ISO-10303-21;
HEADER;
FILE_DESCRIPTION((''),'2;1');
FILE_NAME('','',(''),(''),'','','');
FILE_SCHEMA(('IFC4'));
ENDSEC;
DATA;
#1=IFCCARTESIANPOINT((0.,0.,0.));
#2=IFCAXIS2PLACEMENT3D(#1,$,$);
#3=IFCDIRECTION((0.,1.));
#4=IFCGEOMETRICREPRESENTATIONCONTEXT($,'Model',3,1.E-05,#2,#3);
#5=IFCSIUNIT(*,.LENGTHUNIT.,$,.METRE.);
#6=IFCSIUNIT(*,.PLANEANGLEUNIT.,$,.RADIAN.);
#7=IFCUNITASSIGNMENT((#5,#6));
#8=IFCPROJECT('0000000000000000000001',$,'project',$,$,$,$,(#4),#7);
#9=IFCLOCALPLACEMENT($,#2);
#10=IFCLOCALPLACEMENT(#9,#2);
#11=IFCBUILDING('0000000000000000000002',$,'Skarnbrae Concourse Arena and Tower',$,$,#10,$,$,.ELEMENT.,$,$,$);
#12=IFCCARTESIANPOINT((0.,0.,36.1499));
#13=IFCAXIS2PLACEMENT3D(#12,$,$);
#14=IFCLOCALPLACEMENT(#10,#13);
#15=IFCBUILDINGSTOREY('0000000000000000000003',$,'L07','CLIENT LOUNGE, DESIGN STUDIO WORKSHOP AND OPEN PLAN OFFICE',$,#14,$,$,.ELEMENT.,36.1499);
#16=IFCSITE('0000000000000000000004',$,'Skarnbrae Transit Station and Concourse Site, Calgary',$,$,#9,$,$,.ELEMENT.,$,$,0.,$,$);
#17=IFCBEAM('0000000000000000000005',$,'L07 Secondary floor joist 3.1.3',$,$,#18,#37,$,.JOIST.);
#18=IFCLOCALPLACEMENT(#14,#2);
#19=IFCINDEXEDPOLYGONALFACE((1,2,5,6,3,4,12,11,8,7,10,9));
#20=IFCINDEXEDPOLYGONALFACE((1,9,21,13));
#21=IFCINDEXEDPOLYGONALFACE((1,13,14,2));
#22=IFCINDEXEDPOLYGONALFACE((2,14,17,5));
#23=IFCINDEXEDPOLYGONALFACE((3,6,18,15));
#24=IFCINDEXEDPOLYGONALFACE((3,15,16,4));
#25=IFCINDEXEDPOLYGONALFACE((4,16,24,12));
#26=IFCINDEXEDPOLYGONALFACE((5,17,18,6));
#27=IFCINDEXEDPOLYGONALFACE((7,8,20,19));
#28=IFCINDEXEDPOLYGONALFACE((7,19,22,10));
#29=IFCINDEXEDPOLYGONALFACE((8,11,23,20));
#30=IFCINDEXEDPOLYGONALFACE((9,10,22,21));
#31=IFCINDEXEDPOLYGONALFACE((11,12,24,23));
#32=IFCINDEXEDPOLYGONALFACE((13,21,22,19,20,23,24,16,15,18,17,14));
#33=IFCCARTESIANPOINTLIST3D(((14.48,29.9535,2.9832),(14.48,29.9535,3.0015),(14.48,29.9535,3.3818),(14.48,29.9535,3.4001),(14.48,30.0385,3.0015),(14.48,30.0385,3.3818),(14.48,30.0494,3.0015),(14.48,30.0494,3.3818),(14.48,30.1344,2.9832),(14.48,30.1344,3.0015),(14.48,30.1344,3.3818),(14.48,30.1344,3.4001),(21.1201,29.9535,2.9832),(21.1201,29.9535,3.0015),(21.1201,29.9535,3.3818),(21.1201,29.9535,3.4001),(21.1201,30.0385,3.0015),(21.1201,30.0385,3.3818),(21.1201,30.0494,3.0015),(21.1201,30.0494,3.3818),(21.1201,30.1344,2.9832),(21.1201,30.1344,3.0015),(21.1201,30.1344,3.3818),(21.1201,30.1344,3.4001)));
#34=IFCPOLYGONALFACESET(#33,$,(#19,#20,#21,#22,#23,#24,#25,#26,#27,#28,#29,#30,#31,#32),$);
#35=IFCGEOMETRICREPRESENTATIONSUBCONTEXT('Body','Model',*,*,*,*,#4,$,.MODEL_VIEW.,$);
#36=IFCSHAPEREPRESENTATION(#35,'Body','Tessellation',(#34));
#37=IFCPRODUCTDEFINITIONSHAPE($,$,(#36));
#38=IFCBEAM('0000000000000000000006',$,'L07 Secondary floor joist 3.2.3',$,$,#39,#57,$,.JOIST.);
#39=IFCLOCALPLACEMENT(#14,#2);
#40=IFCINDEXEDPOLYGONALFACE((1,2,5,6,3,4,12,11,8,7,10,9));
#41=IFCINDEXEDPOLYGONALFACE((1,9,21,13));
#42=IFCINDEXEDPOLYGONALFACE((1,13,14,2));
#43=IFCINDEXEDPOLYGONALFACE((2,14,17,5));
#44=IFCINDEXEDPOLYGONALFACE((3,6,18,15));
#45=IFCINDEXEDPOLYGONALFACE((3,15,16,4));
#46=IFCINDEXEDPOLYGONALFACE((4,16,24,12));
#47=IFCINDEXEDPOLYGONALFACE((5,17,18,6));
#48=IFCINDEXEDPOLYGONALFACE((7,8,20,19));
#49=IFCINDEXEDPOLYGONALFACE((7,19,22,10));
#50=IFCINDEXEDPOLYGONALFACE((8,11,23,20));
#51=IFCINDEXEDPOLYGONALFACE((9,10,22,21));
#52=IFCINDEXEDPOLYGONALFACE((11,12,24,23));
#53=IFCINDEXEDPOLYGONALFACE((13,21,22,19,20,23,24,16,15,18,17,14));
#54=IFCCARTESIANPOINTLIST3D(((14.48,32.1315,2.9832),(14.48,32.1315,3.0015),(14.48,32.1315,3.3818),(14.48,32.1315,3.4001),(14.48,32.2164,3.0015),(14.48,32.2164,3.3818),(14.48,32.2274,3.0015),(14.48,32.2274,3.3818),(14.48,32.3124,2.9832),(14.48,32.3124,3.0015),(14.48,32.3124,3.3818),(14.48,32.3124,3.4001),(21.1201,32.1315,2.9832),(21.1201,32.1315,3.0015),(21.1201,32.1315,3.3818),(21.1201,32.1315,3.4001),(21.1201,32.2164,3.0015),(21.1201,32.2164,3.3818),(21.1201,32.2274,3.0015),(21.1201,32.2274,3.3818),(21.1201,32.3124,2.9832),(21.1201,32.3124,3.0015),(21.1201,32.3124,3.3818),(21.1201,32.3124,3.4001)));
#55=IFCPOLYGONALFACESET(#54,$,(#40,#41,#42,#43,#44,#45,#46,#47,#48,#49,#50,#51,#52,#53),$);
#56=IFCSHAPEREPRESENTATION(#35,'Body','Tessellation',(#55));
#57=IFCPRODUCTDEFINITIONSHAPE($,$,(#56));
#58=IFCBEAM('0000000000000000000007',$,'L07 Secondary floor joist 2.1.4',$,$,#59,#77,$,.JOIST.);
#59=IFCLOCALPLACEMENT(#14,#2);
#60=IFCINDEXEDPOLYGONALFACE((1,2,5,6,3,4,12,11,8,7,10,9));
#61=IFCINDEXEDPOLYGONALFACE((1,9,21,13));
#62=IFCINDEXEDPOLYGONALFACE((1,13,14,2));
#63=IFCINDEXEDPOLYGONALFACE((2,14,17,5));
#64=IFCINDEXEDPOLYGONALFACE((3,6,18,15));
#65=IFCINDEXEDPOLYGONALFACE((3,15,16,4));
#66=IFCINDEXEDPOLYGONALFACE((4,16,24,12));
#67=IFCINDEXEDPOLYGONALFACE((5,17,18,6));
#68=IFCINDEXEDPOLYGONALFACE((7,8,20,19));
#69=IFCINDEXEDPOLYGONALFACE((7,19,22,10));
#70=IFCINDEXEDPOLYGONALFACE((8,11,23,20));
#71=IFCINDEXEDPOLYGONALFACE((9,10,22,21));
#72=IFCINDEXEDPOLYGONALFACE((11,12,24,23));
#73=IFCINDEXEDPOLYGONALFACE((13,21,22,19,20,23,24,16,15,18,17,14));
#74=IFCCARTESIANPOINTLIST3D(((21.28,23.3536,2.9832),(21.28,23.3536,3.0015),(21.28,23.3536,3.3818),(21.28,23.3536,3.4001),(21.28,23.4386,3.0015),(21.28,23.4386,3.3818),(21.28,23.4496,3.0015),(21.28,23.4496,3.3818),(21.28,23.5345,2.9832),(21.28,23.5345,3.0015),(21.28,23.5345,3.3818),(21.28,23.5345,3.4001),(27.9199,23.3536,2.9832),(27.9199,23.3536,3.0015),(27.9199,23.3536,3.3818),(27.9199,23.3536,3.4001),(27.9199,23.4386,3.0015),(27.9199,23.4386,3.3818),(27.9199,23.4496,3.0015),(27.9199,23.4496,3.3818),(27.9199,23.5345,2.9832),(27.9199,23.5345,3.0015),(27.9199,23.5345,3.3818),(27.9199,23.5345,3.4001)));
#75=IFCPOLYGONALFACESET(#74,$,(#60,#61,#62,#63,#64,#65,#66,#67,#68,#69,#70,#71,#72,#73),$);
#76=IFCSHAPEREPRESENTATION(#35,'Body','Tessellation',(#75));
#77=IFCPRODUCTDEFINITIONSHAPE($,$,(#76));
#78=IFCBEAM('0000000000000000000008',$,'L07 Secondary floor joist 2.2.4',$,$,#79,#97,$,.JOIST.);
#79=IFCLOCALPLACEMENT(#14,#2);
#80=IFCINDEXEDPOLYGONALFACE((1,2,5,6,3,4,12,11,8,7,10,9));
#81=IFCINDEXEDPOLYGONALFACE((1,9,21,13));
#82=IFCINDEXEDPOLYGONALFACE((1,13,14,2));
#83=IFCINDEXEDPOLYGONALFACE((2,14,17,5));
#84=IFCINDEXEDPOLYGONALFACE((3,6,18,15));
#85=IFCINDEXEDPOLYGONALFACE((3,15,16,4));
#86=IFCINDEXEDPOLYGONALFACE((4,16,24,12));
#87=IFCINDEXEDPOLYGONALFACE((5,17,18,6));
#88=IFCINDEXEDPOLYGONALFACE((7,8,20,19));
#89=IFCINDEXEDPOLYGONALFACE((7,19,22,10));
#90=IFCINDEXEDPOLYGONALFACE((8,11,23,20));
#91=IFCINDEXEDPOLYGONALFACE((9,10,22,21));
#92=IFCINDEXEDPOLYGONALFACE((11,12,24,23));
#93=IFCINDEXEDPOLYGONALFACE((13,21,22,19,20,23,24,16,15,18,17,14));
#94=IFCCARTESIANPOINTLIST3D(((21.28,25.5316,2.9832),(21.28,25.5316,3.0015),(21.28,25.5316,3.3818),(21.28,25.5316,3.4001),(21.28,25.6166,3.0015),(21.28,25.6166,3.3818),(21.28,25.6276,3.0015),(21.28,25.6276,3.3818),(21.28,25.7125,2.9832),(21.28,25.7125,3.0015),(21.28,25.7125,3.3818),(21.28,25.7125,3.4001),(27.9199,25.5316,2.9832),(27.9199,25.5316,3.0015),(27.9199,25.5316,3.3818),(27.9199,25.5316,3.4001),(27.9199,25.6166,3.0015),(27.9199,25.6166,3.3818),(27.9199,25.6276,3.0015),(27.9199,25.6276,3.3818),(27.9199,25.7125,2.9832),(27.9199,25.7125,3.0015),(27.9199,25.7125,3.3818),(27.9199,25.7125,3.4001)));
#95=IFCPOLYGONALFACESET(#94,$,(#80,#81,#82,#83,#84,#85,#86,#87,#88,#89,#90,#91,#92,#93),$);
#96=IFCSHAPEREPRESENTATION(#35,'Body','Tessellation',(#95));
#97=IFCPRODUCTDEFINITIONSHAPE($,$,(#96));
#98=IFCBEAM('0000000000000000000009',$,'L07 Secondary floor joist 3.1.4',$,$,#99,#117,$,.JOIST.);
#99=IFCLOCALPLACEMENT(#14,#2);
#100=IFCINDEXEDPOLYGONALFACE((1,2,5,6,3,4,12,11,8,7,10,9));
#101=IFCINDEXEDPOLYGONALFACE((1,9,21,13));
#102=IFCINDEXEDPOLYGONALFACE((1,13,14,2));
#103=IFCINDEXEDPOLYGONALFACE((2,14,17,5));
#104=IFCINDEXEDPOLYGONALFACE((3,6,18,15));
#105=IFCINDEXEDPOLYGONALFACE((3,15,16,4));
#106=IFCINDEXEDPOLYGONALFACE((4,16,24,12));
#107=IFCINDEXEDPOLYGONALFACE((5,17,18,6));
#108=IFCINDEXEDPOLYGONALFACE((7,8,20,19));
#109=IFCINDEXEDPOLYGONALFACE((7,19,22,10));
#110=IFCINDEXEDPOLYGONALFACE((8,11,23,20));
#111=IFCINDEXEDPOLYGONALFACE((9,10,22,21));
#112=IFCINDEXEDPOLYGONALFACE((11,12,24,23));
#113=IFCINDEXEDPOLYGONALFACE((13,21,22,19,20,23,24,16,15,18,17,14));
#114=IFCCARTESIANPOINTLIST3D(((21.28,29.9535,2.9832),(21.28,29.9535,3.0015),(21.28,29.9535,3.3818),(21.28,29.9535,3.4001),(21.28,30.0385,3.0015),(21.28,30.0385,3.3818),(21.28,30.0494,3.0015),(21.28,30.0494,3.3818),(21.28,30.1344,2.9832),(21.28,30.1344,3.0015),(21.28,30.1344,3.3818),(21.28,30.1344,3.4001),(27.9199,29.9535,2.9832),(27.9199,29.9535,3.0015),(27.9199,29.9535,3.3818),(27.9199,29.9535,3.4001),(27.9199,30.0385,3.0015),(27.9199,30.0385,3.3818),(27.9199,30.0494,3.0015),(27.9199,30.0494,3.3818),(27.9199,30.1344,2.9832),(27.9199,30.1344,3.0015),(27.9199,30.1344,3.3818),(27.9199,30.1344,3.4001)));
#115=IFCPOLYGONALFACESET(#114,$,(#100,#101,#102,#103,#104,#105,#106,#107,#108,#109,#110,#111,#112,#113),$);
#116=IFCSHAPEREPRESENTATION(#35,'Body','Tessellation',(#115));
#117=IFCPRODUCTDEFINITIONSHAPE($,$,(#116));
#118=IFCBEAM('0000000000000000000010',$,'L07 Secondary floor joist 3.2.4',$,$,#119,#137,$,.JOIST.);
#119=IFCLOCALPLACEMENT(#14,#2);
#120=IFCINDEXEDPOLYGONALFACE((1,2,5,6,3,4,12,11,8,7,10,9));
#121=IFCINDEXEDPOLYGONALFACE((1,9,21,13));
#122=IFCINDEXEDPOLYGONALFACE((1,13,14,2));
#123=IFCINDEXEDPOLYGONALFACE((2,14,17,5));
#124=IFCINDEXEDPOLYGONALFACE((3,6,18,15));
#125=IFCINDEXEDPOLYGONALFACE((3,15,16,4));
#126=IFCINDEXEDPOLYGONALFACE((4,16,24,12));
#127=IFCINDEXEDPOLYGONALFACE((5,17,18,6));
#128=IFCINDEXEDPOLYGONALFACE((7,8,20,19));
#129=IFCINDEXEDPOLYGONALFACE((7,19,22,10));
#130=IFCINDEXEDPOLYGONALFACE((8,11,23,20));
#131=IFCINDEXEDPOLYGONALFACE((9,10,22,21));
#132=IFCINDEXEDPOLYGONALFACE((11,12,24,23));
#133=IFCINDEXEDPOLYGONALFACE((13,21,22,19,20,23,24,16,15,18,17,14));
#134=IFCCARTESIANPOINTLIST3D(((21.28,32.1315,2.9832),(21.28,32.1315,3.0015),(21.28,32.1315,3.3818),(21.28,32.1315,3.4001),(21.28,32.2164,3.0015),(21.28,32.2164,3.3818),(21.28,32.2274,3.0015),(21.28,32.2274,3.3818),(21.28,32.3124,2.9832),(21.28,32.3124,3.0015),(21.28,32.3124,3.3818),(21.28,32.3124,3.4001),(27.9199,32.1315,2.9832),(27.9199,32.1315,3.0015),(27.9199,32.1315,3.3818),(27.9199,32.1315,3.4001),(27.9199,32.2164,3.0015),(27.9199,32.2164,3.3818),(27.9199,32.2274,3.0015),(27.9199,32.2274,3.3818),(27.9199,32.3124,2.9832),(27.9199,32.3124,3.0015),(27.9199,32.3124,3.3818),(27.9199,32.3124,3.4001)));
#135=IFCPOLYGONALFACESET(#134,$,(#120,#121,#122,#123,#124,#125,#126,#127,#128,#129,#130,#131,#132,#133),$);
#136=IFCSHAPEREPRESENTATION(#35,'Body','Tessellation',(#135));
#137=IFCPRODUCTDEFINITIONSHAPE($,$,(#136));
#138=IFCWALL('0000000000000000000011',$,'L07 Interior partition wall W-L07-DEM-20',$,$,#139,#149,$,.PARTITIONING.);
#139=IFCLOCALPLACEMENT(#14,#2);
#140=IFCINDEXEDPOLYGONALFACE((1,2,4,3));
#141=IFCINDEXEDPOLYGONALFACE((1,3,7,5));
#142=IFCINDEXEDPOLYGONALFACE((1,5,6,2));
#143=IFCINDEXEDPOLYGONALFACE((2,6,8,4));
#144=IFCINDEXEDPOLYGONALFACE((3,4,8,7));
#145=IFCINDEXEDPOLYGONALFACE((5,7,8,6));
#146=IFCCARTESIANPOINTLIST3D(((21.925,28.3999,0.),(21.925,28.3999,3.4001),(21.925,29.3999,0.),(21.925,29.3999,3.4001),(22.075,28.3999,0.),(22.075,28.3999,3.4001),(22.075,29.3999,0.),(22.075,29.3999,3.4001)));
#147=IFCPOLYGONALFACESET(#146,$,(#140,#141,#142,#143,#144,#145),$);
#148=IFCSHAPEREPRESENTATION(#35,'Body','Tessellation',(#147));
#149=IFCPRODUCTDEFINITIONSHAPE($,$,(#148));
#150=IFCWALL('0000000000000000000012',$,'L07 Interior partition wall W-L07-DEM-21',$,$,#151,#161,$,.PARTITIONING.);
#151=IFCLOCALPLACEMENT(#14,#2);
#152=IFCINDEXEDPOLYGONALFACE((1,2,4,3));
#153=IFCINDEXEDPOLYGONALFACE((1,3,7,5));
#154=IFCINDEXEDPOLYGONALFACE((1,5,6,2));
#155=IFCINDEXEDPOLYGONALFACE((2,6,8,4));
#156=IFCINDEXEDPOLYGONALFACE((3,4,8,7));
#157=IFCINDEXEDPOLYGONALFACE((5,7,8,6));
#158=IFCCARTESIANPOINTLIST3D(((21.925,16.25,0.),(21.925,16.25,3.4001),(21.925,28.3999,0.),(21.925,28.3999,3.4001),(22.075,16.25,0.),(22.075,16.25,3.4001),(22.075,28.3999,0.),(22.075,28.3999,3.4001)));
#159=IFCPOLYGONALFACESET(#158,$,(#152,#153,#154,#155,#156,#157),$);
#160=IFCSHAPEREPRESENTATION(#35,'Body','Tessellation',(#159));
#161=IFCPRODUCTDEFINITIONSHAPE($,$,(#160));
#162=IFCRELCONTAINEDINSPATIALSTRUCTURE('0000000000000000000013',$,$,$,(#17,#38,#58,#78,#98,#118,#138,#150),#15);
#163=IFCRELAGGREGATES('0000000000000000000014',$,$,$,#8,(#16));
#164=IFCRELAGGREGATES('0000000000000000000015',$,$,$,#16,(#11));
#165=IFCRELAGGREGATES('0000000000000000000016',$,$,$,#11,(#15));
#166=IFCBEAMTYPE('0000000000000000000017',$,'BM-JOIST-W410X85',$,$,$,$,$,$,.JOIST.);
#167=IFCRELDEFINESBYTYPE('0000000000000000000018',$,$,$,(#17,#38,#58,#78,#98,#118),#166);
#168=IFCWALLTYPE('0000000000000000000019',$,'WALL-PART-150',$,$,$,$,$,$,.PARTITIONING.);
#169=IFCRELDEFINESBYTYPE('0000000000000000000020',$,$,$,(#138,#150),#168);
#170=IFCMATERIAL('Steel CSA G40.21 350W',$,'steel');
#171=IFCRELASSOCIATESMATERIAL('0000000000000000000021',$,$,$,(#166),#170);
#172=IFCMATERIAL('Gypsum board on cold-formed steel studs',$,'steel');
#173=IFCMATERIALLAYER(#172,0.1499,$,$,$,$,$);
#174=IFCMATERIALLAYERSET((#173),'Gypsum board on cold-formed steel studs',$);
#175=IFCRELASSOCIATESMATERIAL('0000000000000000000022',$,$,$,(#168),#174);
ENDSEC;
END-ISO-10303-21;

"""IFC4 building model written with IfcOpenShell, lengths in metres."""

from ifc_helpers import new_model, si_unit, direction, frame, frame_2d, origin, origin_2d, place, context, subcontext, project, spatial, rectangle, i_section, extrude, source, transform, mapped, material, layer, layer_set, material_profile, profile_set, type_object, element, save


model = new_model("IFC4")

# Units and contexts
model_context = context("Model", 3, precision=1e-05, world=origin(), true_north=direction((0.0, 1.0)))
body_context = subcontext(model_context, "Body", "Model", "MODEL_VIEW")
ifc_project = project(units=[si_unit("LENGTHUNIT", "METRE"), si_unit("PLANEANGLEUNIT", "RADIAN")], contexts=[model_context])

# Site, building, storey
site_placement = place(None, origin())
site = spatial("IfcSite", under=ifc_project, at=site_placement, Name="Skarnbrae Transit Station and Concourse Site, Calgary", CompositionType="ELEMENT", RefElevation=0.0)
building_placement = place(site_placement, origin())
building = spatial("IfcBuilding", under=site, at=building_placement, Name="Skarnbrae Concourse Arena and Tower", CompositionType="ELEMENT")
storey_placement = place(building_placement, frame((0.0, 0.0, 36.1499)))
storey = spatial("IfcBuildingStorey", under=building, at=storey_placement, Name="L07", Description="CLIENT LOUNGE, DESIGN STUDIO WORKSHOP AND OPEN PLAN OFFICE", CompositionType="ELEMENT", Elevation=36.1499)

# Shared definitions
ifc_material_1 = material(Name="Steel CSA G40.21 350W", Category="steel")

# Beams
ifc_material_profile_1 = material_profile(ifc_material_1, i_section(OverallWidth=0.1809, OverallDepth=0.417, WebThickness=0.011, FlangeThickness=0.0183, at=origin_2d()), Name="W410X85")
ifc_profile_set_1 = profile_set([ifc_material_profile_1], Name="Steel CSA G40.21 350W")
beam_type_1 = type_object("IfcBeamType", Name="BM-JOIST-W410X85", PredefinedType="JOIST", material=ifc_profile_set_1)
shared_shape_1 = source(origin(), body_context, "Body", "SweptSolid", [
    extrude(i_section(OverallWidth=0.1809, OverallDepth=0.417, WebThickness=0.011, FlangeThickness=0.0183, at=origin_2d()), origin(), (0.0, 0.0, 1.0), 6.6401),
])
for number, where, z_axis, x_axis, name in (
    (1, (14.48, 30.0439, 3.1917), (1.0, 0.0, 0.0), (0.0, 1.0, 0.0), "L07 Secondary floor joist 3.1.3"),
    (2, (14.48, 32.2219, 3.1917), (1.0, 0.0, 0.0), (0.0, 1.0, 0.0), "L07 Secondary floor joist 3.2.3"),
):
    element("IfcBeam", number, at=place(storey_placement, frame(where, z_axis=z_axis, x_axis=x_axis)), inside=storey, type_object=beam_type_1, Name=name, PredefinedType="JOIST", context=body_context, shape_type="MappedRepresentation", body=[
        mapped(shared_shape_1, transform((0.0, 0.0, 0.0))),
    ])
shared_shape_2 = source(origin(), body_context, "Body", "SweptSolid", [
    extrude(i_section(OverallWidth=0.1809, OverallDepth=0.417, WebThickness=0.011, FlangeThickness=0.0183, at=origin_2d()), origin(), (0.0, 0.0, 1.0), 6.6399),
])
for number, where, z_axis, x_axis, name in (
    (3, (21.28, 23.4441, 3.1917), (1.0, 0.0, 0.0), (0.0, 1.0, 0.0), "L07 Secondary floor joist 2.1.4"),
    (4, (21.28, 25.6221, 3.1917), (1.0, 0.0, 0.0), (0.0, 1.0, 0.0), "L07 Secondary floor joist 2.2.4"),
    (5, (21.28, 30.0439, 3.1917), (1.0, 0.0, 0.0), (0.0, 1.0, 0.0), "L07 Secondary floor joist 3.1.4"),
    (6, (21.28, 32.2219, 3.1917), (1.0, 0.0, 0.0), (0.0, 1.0, 0.0), "L07 Secondary floor joist 3.2.4"),
):
    element("IfcBeam", number, at=place(storey_placement, frame(where, z_axis=z_axis, x_axis=x_axis)), inside=storey, type_object=beam_type_1, Name=name, PredefinedType="JOIST", context=body_context, shape_type="MappedRepresentation", body=[
        mapped(shared_shape_2, transform((0.0, 0.0, 0.0))),
    ])

# Walls
ifc_material_2 = material(Name="Gypsum board on cold-formed steel studs", Category="steel")
ifc_layer = layer(ifc_material_2, 0.1499)
ifc_layer_set = layer_set([ifc_layer], Name="Gypsum board on cold-formed steel studs")
wall_type = type_object("IfcWallType", Name="WALL-PART-150", PredefinedType="PARTITIONING", material=ifc_layer_set)
shared_shape_3 = source(origin(), body_context, "Body", "SweptSolid", [
    extrude(rectangle(XDim=1.0, YDim=0.1499, at=frame_2d((0.5, 0.0))), origin(), (0.0, 0.0, 1.0), 3.4001),
])
wall_1_placement = place(storey_placement, frame((22.0, 29.3999, 0.0), z_axis=(0.0, 0.0, 1.0), x_axis=(0.0, -1.0, 0.0)))
element("IfcWall", 7, at=wall_1_placement, inside=storey, type_object=wall_type, Name="L07 Interior partition wall W-L07-DEM-20", PredefinedType="PARTITIONING", context=body_context, shape_type="MappedRepresentation", body=[
    mapped(shared_shape_3, transform((0.0, 0.0, 0.0))),
])
shared_shape_4 = source(origin(), body_context, "Body", "SweptSolid", [
    extrude(rectangle(XDim=12.1499, YDim=0.1499, at=frame_2d((6.075, 0.0))), origin(), (0.0, 0.0, 1.0), 3.4001),
])
wall_2_placement = place(storey_placement, frame((22.0, 28.3999, 0.0), z_axis=(0.0, 0.0, 1.0), x_axis=(0.0, -1.0, 0.0)))
element("IfcWall", 8, at=wall_2_placement, inside=storey, type_object=wall_type, Name="L07 Interior partition wall W-L07-DEM-21", PredefinedType="PARTITIONING", context=body_context, shape_type="MappedRepresentation", body=[
    mapped(shared_shape_4, transform((0.0, 0.0, 0.0))),
])

save(model, "model.ifc")
